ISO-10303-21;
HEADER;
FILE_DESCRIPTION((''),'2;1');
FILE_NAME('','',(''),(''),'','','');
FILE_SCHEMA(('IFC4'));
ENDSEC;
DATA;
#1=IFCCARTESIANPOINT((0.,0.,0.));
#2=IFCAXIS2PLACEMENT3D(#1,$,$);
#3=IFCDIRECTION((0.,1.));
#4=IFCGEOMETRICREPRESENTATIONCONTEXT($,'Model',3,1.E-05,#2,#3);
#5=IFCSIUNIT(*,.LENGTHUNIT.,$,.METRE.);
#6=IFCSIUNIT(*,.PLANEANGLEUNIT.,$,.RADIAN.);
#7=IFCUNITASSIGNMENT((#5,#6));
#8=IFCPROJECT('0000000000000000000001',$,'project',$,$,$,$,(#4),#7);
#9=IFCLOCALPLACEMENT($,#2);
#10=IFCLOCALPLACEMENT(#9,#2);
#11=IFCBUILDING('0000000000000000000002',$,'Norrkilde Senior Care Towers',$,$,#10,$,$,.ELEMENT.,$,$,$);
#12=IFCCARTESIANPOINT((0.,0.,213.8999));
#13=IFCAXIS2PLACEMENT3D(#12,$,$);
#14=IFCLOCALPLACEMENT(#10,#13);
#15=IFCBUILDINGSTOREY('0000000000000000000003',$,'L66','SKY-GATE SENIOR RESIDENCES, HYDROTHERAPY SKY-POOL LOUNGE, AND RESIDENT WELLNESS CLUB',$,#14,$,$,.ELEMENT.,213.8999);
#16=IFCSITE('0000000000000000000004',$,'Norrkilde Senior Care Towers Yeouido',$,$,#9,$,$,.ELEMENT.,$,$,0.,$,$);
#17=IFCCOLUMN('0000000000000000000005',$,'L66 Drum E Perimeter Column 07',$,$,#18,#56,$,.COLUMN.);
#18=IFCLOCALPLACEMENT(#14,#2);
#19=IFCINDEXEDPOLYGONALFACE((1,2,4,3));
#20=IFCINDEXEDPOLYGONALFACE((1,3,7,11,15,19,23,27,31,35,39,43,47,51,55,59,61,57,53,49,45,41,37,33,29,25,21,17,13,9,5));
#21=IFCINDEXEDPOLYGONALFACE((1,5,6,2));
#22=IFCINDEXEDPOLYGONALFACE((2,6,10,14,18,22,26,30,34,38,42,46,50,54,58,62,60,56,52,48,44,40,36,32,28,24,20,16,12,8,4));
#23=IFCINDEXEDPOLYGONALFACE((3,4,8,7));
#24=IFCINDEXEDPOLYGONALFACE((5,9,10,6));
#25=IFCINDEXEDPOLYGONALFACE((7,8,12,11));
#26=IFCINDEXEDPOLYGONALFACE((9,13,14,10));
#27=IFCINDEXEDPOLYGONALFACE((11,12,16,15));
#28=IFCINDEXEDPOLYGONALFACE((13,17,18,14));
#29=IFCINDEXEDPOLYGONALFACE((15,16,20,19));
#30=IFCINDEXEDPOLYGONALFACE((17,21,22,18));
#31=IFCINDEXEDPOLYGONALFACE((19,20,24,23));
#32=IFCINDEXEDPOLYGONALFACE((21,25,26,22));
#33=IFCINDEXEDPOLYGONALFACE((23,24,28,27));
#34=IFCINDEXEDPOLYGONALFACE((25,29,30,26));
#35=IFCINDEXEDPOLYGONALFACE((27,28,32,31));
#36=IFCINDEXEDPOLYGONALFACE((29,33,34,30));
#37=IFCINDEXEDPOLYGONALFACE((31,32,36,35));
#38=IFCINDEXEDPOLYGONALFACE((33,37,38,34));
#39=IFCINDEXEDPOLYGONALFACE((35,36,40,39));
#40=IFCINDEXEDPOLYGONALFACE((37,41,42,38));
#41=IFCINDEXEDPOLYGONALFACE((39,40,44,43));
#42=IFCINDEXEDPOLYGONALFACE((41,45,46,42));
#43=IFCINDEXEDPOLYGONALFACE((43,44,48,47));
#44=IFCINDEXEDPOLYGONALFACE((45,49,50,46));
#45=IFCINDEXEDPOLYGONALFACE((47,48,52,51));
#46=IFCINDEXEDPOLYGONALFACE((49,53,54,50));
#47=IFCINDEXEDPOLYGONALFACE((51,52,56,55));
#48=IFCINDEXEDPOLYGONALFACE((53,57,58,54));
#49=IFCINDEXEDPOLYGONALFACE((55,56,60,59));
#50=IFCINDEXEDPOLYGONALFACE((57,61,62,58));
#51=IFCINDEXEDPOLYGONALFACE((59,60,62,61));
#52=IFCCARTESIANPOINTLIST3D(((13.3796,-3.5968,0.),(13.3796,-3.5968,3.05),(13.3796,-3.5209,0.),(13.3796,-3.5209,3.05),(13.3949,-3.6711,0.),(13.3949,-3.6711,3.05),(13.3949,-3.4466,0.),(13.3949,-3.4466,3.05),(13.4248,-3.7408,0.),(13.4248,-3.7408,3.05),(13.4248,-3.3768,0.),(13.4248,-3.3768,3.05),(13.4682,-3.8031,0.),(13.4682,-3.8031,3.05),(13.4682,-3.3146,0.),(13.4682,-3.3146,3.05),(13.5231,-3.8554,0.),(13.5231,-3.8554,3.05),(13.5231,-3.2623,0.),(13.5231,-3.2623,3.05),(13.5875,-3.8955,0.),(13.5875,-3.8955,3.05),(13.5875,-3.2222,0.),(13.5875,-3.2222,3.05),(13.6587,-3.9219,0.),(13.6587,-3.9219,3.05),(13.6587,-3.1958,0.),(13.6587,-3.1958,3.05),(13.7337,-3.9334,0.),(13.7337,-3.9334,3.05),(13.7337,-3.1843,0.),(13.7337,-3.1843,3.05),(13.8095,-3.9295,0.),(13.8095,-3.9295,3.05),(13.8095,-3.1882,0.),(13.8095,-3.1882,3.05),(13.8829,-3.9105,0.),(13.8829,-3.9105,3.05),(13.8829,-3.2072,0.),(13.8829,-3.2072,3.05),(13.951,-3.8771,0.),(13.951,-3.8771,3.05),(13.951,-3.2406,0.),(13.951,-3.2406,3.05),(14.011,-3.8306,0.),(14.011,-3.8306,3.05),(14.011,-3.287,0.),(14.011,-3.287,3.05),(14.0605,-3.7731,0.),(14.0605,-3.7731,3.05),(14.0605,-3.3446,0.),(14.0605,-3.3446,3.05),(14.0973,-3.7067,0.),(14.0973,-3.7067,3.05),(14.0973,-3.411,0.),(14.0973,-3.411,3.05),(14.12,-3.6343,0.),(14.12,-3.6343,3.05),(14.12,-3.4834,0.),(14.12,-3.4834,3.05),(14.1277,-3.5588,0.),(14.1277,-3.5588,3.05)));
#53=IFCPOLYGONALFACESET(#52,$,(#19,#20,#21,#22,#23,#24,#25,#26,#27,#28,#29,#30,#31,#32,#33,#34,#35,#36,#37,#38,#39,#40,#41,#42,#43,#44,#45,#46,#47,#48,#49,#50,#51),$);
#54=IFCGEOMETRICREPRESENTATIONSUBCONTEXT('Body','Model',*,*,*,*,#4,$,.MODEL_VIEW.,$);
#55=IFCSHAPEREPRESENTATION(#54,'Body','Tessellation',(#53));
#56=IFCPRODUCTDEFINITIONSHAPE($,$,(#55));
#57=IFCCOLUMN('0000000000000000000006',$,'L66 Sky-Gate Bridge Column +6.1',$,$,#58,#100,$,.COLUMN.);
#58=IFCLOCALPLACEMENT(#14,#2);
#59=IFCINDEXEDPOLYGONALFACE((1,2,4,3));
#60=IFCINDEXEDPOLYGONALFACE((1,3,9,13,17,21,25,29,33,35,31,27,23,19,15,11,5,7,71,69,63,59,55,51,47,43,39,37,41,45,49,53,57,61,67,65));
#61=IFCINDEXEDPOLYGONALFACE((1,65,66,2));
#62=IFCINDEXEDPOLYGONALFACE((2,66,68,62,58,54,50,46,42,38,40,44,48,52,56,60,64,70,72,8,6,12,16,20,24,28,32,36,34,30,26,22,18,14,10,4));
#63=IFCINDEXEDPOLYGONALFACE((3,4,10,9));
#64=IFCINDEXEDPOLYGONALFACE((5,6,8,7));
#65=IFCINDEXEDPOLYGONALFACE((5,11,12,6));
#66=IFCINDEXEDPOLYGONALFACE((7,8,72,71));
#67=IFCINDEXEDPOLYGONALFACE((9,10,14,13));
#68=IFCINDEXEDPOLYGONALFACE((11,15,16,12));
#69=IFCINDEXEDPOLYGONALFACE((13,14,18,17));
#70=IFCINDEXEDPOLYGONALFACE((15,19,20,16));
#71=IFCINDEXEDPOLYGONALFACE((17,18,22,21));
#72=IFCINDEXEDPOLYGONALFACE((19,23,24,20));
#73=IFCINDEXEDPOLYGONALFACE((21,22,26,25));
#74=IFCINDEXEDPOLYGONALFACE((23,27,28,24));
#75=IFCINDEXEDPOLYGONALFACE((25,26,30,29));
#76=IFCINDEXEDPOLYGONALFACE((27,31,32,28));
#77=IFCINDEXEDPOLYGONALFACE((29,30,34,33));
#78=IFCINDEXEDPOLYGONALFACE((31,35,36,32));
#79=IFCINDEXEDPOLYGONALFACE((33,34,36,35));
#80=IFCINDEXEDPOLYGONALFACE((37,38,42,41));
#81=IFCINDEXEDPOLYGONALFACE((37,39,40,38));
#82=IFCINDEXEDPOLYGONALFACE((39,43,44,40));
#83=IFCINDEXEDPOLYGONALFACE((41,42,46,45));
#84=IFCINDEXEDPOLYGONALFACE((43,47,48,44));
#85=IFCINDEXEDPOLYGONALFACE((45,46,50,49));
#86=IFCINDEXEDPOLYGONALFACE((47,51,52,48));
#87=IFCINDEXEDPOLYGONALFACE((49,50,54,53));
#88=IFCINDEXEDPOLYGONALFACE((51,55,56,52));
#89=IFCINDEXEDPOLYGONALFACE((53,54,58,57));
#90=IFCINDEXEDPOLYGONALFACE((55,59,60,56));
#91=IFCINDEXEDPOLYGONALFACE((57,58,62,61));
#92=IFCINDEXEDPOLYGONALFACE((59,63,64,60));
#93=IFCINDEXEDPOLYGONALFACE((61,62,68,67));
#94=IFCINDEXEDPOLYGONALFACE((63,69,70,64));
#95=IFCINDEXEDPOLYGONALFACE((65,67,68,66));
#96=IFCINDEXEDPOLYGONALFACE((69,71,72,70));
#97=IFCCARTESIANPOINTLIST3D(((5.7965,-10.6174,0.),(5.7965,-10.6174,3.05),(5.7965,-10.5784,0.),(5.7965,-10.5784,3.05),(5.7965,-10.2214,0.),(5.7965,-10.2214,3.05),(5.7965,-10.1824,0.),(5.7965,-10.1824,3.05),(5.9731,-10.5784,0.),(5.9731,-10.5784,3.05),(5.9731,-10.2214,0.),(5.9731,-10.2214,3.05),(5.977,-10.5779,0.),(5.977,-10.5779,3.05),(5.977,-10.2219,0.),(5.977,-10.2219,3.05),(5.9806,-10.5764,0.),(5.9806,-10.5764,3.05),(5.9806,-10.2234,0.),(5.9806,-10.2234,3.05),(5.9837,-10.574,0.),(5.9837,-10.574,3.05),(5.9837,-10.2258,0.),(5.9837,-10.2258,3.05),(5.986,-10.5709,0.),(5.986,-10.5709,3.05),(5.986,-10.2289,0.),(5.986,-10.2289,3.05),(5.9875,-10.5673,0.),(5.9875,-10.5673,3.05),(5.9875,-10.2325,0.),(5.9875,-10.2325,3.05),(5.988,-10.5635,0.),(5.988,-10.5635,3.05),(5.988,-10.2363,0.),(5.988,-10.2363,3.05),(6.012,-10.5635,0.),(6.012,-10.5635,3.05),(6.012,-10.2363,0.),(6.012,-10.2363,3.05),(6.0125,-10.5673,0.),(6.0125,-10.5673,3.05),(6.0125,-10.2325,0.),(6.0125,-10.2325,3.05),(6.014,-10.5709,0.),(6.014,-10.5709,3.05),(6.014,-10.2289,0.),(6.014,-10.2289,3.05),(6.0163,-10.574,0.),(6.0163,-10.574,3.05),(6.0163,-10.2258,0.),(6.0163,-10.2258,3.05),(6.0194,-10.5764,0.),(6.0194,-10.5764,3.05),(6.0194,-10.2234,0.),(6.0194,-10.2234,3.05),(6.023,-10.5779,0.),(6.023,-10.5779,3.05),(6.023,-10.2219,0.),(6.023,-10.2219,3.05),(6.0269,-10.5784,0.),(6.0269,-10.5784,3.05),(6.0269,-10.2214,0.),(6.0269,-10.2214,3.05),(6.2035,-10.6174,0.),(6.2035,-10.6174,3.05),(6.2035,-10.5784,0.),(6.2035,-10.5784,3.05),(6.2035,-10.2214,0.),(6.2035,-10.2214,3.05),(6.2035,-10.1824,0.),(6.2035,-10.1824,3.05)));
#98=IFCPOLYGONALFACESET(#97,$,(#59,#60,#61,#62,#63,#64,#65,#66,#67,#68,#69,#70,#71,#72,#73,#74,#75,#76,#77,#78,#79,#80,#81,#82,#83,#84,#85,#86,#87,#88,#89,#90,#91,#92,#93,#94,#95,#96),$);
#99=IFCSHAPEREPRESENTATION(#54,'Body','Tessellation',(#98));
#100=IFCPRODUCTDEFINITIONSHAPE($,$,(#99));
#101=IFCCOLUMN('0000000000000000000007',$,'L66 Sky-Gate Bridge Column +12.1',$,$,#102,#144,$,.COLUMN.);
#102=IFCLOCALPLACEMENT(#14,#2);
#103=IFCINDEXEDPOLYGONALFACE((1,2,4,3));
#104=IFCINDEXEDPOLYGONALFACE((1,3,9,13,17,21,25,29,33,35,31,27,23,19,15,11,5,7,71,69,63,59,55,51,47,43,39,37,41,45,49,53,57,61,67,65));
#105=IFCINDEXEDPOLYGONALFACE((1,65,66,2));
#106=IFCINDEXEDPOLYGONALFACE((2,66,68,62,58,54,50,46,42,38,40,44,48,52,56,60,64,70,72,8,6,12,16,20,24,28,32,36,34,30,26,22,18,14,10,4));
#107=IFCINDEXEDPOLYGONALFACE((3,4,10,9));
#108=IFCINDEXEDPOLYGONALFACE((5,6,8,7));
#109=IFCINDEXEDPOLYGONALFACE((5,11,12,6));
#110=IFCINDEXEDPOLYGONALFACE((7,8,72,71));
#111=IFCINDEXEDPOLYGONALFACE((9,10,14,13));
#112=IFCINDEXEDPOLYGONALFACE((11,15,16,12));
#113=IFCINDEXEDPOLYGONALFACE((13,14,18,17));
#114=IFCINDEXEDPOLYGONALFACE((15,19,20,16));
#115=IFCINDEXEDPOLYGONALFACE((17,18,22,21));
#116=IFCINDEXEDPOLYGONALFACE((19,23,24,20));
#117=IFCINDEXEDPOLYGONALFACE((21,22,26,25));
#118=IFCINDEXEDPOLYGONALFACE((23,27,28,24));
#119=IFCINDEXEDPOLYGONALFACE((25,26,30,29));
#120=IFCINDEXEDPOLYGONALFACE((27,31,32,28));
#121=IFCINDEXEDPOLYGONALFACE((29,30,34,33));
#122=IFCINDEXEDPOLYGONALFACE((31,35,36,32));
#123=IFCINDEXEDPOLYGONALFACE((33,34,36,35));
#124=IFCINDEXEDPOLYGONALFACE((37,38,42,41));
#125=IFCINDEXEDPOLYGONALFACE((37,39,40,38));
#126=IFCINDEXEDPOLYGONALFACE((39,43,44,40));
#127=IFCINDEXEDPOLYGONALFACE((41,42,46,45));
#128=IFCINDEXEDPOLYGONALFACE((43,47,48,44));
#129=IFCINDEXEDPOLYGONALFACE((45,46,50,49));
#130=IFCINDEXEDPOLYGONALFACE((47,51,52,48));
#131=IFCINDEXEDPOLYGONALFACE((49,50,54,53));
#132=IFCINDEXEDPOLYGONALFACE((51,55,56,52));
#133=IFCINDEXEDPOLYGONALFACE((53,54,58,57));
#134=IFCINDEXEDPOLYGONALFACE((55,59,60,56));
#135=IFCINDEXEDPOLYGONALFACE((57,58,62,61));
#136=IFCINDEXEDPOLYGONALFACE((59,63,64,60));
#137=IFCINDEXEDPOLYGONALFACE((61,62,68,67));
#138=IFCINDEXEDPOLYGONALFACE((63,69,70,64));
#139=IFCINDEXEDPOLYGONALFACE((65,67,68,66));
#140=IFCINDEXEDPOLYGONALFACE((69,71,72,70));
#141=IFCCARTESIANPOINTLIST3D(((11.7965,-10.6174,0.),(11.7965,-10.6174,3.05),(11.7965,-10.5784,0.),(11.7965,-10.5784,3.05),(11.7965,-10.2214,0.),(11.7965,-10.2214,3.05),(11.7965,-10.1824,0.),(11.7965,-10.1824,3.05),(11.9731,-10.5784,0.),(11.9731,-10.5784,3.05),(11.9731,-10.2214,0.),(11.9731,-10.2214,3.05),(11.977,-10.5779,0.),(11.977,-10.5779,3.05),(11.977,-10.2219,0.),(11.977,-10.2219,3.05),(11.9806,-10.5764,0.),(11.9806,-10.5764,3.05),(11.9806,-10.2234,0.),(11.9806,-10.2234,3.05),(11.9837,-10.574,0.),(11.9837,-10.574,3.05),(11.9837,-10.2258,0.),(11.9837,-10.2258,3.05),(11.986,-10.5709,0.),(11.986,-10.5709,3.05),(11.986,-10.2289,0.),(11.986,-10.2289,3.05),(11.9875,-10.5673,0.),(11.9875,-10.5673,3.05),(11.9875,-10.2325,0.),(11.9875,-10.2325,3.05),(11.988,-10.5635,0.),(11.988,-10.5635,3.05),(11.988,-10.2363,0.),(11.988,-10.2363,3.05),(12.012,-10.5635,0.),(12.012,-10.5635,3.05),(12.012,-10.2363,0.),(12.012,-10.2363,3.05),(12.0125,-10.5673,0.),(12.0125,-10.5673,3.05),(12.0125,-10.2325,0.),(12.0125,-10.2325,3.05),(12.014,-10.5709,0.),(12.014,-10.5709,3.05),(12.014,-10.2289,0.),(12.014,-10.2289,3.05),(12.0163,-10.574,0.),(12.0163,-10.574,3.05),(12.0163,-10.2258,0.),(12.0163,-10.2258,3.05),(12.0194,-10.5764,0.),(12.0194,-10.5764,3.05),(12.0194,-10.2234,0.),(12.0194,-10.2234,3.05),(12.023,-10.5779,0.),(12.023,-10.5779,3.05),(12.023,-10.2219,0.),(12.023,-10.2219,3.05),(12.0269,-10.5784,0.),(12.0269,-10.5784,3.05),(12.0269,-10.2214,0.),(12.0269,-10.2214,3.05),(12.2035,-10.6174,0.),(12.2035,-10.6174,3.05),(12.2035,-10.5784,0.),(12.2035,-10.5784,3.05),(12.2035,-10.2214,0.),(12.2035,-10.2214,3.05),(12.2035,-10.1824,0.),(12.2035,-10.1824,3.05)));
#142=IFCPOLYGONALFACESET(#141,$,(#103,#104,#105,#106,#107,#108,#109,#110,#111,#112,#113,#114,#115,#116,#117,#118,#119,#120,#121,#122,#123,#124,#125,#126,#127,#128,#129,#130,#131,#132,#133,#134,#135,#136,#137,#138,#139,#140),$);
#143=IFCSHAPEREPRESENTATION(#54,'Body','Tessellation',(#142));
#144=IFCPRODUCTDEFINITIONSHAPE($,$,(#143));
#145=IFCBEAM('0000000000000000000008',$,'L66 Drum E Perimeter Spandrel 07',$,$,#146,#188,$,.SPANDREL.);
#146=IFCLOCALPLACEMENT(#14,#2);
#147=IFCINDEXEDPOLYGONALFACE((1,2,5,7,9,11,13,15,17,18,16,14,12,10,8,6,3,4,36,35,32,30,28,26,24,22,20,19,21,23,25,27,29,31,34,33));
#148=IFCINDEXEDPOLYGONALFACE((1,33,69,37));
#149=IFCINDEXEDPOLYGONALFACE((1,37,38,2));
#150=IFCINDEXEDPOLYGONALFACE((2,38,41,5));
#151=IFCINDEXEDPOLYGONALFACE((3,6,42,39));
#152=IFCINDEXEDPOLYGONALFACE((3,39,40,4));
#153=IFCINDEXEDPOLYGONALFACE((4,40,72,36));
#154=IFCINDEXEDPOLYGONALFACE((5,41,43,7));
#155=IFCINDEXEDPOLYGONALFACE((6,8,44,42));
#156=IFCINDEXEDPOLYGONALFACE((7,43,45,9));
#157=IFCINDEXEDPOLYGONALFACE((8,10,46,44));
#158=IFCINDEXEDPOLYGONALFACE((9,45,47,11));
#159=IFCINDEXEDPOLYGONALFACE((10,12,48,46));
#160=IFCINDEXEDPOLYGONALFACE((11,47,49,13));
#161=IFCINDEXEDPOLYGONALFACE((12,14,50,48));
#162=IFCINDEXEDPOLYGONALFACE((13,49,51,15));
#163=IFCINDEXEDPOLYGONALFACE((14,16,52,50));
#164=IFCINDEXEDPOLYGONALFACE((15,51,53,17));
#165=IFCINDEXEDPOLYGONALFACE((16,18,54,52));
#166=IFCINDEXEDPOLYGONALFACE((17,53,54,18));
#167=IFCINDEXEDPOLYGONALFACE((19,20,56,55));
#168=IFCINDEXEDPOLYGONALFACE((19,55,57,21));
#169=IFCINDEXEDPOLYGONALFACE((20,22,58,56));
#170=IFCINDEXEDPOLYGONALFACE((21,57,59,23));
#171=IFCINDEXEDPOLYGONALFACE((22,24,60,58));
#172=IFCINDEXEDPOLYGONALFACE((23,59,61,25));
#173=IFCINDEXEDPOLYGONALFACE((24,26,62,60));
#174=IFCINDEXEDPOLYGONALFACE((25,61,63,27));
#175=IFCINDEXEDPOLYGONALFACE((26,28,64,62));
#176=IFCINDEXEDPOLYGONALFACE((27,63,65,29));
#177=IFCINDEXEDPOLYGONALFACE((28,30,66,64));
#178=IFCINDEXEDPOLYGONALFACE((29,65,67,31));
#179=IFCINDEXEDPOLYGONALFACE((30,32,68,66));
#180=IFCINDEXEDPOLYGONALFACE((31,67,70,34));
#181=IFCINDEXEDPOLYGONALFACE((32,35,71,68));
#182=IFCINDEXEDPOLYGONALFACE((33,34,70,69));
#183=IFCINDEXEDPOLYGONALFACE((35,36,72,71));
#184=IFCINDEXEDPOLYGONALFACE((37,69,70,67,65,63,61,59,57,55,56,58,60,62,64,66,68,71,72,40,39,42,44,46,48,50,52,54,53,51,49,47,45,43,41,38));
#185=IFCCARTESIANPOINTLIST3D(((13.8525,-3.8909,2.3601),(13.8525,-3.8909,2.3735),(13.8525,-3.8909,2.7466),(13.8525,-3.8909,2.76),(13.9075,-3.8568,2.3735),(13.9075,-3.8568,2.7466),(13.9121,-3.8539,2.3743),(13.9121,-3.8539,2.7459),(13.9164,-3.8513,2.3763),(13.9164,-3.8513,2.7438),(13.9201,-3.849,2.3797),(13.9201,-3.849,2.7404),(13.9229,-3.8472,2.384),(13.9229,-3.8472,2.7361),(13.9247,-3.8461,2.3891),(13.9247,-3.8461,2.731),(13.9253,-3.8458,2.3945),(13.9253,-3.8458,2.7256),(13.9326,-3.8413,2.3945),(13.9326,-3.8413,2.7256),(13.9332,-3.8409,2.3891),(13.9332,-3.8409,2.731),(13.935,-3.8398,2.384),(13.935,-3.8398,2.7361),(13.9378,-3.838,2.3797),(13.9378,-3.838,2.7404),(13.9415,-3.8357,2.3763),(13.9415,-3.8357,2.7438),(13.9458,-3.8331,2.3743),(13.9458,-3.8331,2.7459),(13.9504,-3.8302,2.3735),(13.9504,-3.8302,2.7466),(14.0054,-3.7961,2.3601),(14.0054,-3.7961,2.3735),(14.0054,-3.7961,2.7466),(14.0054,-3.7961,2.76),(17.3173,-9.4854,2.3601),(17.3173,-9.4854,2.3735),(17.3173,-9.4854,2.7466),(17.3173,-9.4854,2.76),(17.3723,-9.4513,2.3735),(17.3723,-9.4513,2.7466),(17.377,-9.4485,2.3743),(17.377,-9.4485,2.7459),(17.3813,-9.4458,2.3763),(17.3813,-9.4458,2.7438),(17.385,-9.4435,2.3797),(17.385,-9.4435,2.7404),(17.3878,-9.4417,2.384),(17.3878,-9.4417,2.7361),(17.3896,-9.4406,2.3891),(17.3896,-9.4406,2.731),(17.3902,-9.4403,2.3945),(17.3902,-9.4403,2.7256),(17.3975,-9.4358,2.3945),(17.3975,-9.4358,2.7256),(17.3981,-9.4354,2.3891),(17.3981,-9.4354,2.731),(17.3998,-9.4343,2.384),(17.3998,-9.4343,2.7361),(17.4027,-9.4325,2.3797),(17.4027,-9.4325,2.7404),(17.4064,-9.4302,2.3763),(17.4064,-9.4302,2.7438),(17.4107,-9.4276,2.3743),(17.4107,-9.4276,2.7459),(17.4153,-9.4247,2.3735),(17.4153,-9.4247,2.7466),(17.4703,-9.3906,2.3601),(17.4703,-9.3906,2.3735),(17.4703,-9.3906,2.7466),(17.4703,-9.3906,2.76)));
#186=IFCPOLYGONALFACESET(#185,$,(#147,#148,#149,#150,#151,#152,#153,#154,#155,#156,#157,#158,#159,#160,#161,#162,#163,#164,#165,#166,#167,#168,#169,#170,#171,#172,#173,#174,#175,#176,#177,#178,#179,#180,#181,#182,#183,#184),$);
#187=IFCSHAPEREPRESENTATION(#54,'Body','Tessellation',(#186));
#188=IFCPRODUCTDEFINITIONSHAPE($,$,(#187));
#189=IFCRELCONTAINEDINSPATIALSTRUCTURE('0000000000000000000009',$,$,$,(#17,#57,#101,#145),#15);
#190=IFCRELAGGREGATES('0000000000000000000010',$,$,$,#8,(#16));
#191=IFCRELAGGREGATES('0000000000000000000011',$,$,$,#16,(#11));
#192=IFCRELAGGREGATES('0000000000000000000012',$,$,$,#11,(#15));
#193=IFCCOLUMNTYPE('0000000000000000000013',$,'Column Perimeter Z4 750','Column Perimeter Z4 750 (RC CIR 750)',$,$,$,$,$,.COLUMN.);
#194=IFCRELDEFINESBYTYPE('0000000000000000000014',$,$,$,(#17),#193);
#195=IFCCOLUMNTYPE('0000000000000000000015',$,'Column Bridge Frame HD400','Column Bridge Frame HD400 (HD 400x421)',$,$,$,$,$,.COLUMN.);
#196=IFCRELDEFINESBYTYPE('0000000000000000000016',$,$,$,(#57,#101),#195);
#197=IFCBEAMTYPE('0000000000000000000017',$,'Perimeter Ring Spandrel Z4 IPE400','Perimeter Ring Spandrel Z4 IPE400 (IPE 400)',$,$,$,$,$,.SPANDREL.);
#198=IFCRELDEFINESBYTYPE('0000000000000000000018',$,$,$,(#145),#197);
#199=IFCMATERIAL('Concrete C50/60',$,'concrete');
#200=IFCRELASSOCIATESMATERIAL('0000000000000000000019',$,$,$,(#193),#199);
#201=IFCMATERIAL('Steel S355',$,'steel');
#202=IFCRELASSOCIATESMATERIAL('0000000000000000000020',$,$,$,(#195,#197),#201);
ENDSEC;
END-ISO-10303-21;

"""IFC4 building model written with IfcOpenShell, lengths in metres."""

from ifc_helpers import new_model, si_unit, direction, frame, origin, origin_2d, place, context, subcontext, project, spatial, circle, i_section, extrude, source, transform, mapped, material, material_profile, profile_set, type_object, type_shapes, element, save


model = new_model("IFC4")

# Units and contexts
model_context = context("Model", 3, precision=1e-05, world=origin(), true_north=direction((0.0, 1.0)))
body_context = subcontext(model_context, "Body", "Model", "MODEL_VIEW")
ifc_project = project(units=[si_unit("LENGTHUNIT", "METRE"), si_unit("PLANEANGLEUNIT", "RADIAN")], contexts=[model_context])

# Site, building, storey
site_placement = place(None, origin())
site = spatial("IfcSite", under=ifc_project, at=site_placement, Name="Norrkilde Senior Care Towers Yeouido", CompositionType="ELEMENT", RefElevation=0.0)
building_placement = place(site_placement, origin())
building = spatial("IfcBuilding", under=site, at=building_placement, Name="Norrkilde Senior Care Towers", CompositionType="ELEMENT")
storey_placement = place(building_placement, frame((0.0, 0.0, 213.8999)))
storey = spatial("IfcBuildingStorey", under=building, at=storey_placement, Name="L66", Description="SKY-GATE SENIOR RESIDENCES, HYDROTHERAPY SKY-POOL LOUNGE, AND RESIDENT WELLNESS CLUB", CompositionType="ELEMENT", Elevation=213.8999)

# Columns
ifc_material_1 = material(Name="Concrete C50/60", Category="concrete")
ifc_material_profile_1 = material_profile(ifc_material_1, circle(Radius=0.375, at=origin_2d()), Name="RC CIR 750")
ifc_profile_set_1 = profile_set([ifc_material_profile_1], Name="Concrete C50/60")
column_type_1 = type_object("IfcColumnType", Name="Column Perimeter Z4 750", Description="Column Perimeter Z4 750 (RC CIR 750)", PredefinedType="COLUMN", material=ifc_profile_set_1)
shared_shape_1 = source(origin(), body_context, "Body", "SweptSolid", [
    extrude(circle(Radius=0.375, at=origin_2d()), origin(), (0.0, 0.0, 1.0), 3.05),
])
type_shapes(column_type_1, [shared_shape_1])
column_placement = place(storey_placement, frame((13.7527, -3.5588, 0.0), z_axis=(0.0, 0.0, 1.0), x_axis=(1.0, 0.0, 0.0)))
element("IfcColumn", 1, at=column_placement, inside=storey, type_object=column_type_1, Name="L66 Drum E Perimeter Column 07", PredefinedType="COLUMN", context=body_context, shape_type="MappedRepresentation", body=[
    mapped(shared_shape_1, transform((0.0, 0.0, 0.0), x_axis=(1.0, 0.0, 0.0), y_axis=(0.0, 1.0, 0.0), z_axis=(0.0, 0.0, 1.0), scale=1.0)),
])
ifc_material_2 = material(Name="Steel S355", Category="steel")
ifc_material_profile_2 = material_profile(ifc_material_2, i_section(OverallWidth=0.407, OverallDepth=0.4351, WebThickness=0.0239, FlangeThickness=0.0391, FilletRadius=0.0149, at=origin_2d()), Name="HD 400x421")
ifc_profile_set_2 = profile_set([ifc_material_profile_2], Name="Steel S355")
column_type_2 = type_object("IfcColumnType", Name="Column Bridge Frame HD400", Description="Column Bridge Frame HD400 (HD 400x421)", PredefinedType="COLUMN", material=ifc_profile_set_2)
shared_shape_2 = source(origin(), body_context, "Body", "SweptSolid", [
    extrude(i_section(OverallWidth=0.407, OverallDepth=0.4351, WebThickness=0.0239, FlangeThickness=0.0391, FilletRadius=0.0149, at=origin_2d()), origin(), (0.0, 0.0, 1.0), 3.05),
])
type_shapes(column_type_2, [shared_shape_2])
for number, where, z_axis, x_axis, name in (
    (2, (6.0, -10.3999, 0.0), (0.0, 0.0, 1.0), (1.0, 0.0, 0.0), "L66 Sky-Gate Bridge Column +6.1"),
    (3, (12.0, -10.3999, 0.0), (0.0, 0.0, 1.0), (1.0, 0.0, 0.0), "L66 Sky-Gate Bridge Column +12.1"),
):
    element("IfcColumn", number, at=place(storey_placement, frame(where, z_axis=z_axis, x_axis=x_axis)), inside=storey, type_object=column_type_2, Name=name, PredefinedType="COLUMN", context=body_context, shape_type="MappedRepresentation", body=[
        mapped(shared_shape_2, transform((0.0, 0.0, 0.0), x_axis=(1.0, 0.0, 0.0), y_axis=(0.0, 1.0, 0.0), z_axis=(0.0, 0.0, 1.0), scale=1.0)),
    ])

# Beam
ifc_material_profile_3 = material_profile(ifc_material_2, i_section(OverallWidth=0.1799, OverallDepth=0.3999, WebThickness=0.0085, FlangeThickness=0.0134, FilletRadius=0.021, at=origin_2d()), Name="IPE 400")
ifc_profile_set_3 = profile_set([ifc_material_profile_3], Name="Steel S355")
beam_type_1 = type_object("IfcBeamType", Name="Perimeter Ring Spandrel Z4 IPE400", Description="Perimeter Ring Spandrel Z4 IPE400 (IPE 400)", PredefinedType="SPANDREL", material=ifc_profile_set_3)
shared_shape_3 = source(origin(), body_context, "Body", "SweptSolid", [
    extrude(i_section(OverallWidth=0.1799, OverallDepth=0.3999, WebThickness=0.0085, FlangeThickness=0.0134, FilletRadius=0.021, at=origin_2d()), origin(), (0.0, 0.0, 1.0), 6.5806),
])
type_shapes(beam_type_1, [shared_shape_3])
beam_1_placement = place(storey_placement, frame((13.929, -3.8435, 2.5601), z_axis=(0.52653, -0.850157, 0.0), x_axis=(0.850157, 0.52653, 0.0)))
element("IfcBeam", 4, at=beam_1_placement, inside=storey, type_object=beam_type_1, Name="L66 Drum E Perimeter Spandrel 07", PredefinedType="SPANDREL", context=body_context, shape_type="MappedRepresentation", body=[
    mapped(shared_shape_3, transform((0.0, 0.0, 0.0), x_axis=(1.0, 0.0, 0.0), y_axis=(0.0, 1.0, 0.0), z_axis=(0.0, 0.0, 1.0), scale=1.0)),
])

save(model, "model.ifc")
